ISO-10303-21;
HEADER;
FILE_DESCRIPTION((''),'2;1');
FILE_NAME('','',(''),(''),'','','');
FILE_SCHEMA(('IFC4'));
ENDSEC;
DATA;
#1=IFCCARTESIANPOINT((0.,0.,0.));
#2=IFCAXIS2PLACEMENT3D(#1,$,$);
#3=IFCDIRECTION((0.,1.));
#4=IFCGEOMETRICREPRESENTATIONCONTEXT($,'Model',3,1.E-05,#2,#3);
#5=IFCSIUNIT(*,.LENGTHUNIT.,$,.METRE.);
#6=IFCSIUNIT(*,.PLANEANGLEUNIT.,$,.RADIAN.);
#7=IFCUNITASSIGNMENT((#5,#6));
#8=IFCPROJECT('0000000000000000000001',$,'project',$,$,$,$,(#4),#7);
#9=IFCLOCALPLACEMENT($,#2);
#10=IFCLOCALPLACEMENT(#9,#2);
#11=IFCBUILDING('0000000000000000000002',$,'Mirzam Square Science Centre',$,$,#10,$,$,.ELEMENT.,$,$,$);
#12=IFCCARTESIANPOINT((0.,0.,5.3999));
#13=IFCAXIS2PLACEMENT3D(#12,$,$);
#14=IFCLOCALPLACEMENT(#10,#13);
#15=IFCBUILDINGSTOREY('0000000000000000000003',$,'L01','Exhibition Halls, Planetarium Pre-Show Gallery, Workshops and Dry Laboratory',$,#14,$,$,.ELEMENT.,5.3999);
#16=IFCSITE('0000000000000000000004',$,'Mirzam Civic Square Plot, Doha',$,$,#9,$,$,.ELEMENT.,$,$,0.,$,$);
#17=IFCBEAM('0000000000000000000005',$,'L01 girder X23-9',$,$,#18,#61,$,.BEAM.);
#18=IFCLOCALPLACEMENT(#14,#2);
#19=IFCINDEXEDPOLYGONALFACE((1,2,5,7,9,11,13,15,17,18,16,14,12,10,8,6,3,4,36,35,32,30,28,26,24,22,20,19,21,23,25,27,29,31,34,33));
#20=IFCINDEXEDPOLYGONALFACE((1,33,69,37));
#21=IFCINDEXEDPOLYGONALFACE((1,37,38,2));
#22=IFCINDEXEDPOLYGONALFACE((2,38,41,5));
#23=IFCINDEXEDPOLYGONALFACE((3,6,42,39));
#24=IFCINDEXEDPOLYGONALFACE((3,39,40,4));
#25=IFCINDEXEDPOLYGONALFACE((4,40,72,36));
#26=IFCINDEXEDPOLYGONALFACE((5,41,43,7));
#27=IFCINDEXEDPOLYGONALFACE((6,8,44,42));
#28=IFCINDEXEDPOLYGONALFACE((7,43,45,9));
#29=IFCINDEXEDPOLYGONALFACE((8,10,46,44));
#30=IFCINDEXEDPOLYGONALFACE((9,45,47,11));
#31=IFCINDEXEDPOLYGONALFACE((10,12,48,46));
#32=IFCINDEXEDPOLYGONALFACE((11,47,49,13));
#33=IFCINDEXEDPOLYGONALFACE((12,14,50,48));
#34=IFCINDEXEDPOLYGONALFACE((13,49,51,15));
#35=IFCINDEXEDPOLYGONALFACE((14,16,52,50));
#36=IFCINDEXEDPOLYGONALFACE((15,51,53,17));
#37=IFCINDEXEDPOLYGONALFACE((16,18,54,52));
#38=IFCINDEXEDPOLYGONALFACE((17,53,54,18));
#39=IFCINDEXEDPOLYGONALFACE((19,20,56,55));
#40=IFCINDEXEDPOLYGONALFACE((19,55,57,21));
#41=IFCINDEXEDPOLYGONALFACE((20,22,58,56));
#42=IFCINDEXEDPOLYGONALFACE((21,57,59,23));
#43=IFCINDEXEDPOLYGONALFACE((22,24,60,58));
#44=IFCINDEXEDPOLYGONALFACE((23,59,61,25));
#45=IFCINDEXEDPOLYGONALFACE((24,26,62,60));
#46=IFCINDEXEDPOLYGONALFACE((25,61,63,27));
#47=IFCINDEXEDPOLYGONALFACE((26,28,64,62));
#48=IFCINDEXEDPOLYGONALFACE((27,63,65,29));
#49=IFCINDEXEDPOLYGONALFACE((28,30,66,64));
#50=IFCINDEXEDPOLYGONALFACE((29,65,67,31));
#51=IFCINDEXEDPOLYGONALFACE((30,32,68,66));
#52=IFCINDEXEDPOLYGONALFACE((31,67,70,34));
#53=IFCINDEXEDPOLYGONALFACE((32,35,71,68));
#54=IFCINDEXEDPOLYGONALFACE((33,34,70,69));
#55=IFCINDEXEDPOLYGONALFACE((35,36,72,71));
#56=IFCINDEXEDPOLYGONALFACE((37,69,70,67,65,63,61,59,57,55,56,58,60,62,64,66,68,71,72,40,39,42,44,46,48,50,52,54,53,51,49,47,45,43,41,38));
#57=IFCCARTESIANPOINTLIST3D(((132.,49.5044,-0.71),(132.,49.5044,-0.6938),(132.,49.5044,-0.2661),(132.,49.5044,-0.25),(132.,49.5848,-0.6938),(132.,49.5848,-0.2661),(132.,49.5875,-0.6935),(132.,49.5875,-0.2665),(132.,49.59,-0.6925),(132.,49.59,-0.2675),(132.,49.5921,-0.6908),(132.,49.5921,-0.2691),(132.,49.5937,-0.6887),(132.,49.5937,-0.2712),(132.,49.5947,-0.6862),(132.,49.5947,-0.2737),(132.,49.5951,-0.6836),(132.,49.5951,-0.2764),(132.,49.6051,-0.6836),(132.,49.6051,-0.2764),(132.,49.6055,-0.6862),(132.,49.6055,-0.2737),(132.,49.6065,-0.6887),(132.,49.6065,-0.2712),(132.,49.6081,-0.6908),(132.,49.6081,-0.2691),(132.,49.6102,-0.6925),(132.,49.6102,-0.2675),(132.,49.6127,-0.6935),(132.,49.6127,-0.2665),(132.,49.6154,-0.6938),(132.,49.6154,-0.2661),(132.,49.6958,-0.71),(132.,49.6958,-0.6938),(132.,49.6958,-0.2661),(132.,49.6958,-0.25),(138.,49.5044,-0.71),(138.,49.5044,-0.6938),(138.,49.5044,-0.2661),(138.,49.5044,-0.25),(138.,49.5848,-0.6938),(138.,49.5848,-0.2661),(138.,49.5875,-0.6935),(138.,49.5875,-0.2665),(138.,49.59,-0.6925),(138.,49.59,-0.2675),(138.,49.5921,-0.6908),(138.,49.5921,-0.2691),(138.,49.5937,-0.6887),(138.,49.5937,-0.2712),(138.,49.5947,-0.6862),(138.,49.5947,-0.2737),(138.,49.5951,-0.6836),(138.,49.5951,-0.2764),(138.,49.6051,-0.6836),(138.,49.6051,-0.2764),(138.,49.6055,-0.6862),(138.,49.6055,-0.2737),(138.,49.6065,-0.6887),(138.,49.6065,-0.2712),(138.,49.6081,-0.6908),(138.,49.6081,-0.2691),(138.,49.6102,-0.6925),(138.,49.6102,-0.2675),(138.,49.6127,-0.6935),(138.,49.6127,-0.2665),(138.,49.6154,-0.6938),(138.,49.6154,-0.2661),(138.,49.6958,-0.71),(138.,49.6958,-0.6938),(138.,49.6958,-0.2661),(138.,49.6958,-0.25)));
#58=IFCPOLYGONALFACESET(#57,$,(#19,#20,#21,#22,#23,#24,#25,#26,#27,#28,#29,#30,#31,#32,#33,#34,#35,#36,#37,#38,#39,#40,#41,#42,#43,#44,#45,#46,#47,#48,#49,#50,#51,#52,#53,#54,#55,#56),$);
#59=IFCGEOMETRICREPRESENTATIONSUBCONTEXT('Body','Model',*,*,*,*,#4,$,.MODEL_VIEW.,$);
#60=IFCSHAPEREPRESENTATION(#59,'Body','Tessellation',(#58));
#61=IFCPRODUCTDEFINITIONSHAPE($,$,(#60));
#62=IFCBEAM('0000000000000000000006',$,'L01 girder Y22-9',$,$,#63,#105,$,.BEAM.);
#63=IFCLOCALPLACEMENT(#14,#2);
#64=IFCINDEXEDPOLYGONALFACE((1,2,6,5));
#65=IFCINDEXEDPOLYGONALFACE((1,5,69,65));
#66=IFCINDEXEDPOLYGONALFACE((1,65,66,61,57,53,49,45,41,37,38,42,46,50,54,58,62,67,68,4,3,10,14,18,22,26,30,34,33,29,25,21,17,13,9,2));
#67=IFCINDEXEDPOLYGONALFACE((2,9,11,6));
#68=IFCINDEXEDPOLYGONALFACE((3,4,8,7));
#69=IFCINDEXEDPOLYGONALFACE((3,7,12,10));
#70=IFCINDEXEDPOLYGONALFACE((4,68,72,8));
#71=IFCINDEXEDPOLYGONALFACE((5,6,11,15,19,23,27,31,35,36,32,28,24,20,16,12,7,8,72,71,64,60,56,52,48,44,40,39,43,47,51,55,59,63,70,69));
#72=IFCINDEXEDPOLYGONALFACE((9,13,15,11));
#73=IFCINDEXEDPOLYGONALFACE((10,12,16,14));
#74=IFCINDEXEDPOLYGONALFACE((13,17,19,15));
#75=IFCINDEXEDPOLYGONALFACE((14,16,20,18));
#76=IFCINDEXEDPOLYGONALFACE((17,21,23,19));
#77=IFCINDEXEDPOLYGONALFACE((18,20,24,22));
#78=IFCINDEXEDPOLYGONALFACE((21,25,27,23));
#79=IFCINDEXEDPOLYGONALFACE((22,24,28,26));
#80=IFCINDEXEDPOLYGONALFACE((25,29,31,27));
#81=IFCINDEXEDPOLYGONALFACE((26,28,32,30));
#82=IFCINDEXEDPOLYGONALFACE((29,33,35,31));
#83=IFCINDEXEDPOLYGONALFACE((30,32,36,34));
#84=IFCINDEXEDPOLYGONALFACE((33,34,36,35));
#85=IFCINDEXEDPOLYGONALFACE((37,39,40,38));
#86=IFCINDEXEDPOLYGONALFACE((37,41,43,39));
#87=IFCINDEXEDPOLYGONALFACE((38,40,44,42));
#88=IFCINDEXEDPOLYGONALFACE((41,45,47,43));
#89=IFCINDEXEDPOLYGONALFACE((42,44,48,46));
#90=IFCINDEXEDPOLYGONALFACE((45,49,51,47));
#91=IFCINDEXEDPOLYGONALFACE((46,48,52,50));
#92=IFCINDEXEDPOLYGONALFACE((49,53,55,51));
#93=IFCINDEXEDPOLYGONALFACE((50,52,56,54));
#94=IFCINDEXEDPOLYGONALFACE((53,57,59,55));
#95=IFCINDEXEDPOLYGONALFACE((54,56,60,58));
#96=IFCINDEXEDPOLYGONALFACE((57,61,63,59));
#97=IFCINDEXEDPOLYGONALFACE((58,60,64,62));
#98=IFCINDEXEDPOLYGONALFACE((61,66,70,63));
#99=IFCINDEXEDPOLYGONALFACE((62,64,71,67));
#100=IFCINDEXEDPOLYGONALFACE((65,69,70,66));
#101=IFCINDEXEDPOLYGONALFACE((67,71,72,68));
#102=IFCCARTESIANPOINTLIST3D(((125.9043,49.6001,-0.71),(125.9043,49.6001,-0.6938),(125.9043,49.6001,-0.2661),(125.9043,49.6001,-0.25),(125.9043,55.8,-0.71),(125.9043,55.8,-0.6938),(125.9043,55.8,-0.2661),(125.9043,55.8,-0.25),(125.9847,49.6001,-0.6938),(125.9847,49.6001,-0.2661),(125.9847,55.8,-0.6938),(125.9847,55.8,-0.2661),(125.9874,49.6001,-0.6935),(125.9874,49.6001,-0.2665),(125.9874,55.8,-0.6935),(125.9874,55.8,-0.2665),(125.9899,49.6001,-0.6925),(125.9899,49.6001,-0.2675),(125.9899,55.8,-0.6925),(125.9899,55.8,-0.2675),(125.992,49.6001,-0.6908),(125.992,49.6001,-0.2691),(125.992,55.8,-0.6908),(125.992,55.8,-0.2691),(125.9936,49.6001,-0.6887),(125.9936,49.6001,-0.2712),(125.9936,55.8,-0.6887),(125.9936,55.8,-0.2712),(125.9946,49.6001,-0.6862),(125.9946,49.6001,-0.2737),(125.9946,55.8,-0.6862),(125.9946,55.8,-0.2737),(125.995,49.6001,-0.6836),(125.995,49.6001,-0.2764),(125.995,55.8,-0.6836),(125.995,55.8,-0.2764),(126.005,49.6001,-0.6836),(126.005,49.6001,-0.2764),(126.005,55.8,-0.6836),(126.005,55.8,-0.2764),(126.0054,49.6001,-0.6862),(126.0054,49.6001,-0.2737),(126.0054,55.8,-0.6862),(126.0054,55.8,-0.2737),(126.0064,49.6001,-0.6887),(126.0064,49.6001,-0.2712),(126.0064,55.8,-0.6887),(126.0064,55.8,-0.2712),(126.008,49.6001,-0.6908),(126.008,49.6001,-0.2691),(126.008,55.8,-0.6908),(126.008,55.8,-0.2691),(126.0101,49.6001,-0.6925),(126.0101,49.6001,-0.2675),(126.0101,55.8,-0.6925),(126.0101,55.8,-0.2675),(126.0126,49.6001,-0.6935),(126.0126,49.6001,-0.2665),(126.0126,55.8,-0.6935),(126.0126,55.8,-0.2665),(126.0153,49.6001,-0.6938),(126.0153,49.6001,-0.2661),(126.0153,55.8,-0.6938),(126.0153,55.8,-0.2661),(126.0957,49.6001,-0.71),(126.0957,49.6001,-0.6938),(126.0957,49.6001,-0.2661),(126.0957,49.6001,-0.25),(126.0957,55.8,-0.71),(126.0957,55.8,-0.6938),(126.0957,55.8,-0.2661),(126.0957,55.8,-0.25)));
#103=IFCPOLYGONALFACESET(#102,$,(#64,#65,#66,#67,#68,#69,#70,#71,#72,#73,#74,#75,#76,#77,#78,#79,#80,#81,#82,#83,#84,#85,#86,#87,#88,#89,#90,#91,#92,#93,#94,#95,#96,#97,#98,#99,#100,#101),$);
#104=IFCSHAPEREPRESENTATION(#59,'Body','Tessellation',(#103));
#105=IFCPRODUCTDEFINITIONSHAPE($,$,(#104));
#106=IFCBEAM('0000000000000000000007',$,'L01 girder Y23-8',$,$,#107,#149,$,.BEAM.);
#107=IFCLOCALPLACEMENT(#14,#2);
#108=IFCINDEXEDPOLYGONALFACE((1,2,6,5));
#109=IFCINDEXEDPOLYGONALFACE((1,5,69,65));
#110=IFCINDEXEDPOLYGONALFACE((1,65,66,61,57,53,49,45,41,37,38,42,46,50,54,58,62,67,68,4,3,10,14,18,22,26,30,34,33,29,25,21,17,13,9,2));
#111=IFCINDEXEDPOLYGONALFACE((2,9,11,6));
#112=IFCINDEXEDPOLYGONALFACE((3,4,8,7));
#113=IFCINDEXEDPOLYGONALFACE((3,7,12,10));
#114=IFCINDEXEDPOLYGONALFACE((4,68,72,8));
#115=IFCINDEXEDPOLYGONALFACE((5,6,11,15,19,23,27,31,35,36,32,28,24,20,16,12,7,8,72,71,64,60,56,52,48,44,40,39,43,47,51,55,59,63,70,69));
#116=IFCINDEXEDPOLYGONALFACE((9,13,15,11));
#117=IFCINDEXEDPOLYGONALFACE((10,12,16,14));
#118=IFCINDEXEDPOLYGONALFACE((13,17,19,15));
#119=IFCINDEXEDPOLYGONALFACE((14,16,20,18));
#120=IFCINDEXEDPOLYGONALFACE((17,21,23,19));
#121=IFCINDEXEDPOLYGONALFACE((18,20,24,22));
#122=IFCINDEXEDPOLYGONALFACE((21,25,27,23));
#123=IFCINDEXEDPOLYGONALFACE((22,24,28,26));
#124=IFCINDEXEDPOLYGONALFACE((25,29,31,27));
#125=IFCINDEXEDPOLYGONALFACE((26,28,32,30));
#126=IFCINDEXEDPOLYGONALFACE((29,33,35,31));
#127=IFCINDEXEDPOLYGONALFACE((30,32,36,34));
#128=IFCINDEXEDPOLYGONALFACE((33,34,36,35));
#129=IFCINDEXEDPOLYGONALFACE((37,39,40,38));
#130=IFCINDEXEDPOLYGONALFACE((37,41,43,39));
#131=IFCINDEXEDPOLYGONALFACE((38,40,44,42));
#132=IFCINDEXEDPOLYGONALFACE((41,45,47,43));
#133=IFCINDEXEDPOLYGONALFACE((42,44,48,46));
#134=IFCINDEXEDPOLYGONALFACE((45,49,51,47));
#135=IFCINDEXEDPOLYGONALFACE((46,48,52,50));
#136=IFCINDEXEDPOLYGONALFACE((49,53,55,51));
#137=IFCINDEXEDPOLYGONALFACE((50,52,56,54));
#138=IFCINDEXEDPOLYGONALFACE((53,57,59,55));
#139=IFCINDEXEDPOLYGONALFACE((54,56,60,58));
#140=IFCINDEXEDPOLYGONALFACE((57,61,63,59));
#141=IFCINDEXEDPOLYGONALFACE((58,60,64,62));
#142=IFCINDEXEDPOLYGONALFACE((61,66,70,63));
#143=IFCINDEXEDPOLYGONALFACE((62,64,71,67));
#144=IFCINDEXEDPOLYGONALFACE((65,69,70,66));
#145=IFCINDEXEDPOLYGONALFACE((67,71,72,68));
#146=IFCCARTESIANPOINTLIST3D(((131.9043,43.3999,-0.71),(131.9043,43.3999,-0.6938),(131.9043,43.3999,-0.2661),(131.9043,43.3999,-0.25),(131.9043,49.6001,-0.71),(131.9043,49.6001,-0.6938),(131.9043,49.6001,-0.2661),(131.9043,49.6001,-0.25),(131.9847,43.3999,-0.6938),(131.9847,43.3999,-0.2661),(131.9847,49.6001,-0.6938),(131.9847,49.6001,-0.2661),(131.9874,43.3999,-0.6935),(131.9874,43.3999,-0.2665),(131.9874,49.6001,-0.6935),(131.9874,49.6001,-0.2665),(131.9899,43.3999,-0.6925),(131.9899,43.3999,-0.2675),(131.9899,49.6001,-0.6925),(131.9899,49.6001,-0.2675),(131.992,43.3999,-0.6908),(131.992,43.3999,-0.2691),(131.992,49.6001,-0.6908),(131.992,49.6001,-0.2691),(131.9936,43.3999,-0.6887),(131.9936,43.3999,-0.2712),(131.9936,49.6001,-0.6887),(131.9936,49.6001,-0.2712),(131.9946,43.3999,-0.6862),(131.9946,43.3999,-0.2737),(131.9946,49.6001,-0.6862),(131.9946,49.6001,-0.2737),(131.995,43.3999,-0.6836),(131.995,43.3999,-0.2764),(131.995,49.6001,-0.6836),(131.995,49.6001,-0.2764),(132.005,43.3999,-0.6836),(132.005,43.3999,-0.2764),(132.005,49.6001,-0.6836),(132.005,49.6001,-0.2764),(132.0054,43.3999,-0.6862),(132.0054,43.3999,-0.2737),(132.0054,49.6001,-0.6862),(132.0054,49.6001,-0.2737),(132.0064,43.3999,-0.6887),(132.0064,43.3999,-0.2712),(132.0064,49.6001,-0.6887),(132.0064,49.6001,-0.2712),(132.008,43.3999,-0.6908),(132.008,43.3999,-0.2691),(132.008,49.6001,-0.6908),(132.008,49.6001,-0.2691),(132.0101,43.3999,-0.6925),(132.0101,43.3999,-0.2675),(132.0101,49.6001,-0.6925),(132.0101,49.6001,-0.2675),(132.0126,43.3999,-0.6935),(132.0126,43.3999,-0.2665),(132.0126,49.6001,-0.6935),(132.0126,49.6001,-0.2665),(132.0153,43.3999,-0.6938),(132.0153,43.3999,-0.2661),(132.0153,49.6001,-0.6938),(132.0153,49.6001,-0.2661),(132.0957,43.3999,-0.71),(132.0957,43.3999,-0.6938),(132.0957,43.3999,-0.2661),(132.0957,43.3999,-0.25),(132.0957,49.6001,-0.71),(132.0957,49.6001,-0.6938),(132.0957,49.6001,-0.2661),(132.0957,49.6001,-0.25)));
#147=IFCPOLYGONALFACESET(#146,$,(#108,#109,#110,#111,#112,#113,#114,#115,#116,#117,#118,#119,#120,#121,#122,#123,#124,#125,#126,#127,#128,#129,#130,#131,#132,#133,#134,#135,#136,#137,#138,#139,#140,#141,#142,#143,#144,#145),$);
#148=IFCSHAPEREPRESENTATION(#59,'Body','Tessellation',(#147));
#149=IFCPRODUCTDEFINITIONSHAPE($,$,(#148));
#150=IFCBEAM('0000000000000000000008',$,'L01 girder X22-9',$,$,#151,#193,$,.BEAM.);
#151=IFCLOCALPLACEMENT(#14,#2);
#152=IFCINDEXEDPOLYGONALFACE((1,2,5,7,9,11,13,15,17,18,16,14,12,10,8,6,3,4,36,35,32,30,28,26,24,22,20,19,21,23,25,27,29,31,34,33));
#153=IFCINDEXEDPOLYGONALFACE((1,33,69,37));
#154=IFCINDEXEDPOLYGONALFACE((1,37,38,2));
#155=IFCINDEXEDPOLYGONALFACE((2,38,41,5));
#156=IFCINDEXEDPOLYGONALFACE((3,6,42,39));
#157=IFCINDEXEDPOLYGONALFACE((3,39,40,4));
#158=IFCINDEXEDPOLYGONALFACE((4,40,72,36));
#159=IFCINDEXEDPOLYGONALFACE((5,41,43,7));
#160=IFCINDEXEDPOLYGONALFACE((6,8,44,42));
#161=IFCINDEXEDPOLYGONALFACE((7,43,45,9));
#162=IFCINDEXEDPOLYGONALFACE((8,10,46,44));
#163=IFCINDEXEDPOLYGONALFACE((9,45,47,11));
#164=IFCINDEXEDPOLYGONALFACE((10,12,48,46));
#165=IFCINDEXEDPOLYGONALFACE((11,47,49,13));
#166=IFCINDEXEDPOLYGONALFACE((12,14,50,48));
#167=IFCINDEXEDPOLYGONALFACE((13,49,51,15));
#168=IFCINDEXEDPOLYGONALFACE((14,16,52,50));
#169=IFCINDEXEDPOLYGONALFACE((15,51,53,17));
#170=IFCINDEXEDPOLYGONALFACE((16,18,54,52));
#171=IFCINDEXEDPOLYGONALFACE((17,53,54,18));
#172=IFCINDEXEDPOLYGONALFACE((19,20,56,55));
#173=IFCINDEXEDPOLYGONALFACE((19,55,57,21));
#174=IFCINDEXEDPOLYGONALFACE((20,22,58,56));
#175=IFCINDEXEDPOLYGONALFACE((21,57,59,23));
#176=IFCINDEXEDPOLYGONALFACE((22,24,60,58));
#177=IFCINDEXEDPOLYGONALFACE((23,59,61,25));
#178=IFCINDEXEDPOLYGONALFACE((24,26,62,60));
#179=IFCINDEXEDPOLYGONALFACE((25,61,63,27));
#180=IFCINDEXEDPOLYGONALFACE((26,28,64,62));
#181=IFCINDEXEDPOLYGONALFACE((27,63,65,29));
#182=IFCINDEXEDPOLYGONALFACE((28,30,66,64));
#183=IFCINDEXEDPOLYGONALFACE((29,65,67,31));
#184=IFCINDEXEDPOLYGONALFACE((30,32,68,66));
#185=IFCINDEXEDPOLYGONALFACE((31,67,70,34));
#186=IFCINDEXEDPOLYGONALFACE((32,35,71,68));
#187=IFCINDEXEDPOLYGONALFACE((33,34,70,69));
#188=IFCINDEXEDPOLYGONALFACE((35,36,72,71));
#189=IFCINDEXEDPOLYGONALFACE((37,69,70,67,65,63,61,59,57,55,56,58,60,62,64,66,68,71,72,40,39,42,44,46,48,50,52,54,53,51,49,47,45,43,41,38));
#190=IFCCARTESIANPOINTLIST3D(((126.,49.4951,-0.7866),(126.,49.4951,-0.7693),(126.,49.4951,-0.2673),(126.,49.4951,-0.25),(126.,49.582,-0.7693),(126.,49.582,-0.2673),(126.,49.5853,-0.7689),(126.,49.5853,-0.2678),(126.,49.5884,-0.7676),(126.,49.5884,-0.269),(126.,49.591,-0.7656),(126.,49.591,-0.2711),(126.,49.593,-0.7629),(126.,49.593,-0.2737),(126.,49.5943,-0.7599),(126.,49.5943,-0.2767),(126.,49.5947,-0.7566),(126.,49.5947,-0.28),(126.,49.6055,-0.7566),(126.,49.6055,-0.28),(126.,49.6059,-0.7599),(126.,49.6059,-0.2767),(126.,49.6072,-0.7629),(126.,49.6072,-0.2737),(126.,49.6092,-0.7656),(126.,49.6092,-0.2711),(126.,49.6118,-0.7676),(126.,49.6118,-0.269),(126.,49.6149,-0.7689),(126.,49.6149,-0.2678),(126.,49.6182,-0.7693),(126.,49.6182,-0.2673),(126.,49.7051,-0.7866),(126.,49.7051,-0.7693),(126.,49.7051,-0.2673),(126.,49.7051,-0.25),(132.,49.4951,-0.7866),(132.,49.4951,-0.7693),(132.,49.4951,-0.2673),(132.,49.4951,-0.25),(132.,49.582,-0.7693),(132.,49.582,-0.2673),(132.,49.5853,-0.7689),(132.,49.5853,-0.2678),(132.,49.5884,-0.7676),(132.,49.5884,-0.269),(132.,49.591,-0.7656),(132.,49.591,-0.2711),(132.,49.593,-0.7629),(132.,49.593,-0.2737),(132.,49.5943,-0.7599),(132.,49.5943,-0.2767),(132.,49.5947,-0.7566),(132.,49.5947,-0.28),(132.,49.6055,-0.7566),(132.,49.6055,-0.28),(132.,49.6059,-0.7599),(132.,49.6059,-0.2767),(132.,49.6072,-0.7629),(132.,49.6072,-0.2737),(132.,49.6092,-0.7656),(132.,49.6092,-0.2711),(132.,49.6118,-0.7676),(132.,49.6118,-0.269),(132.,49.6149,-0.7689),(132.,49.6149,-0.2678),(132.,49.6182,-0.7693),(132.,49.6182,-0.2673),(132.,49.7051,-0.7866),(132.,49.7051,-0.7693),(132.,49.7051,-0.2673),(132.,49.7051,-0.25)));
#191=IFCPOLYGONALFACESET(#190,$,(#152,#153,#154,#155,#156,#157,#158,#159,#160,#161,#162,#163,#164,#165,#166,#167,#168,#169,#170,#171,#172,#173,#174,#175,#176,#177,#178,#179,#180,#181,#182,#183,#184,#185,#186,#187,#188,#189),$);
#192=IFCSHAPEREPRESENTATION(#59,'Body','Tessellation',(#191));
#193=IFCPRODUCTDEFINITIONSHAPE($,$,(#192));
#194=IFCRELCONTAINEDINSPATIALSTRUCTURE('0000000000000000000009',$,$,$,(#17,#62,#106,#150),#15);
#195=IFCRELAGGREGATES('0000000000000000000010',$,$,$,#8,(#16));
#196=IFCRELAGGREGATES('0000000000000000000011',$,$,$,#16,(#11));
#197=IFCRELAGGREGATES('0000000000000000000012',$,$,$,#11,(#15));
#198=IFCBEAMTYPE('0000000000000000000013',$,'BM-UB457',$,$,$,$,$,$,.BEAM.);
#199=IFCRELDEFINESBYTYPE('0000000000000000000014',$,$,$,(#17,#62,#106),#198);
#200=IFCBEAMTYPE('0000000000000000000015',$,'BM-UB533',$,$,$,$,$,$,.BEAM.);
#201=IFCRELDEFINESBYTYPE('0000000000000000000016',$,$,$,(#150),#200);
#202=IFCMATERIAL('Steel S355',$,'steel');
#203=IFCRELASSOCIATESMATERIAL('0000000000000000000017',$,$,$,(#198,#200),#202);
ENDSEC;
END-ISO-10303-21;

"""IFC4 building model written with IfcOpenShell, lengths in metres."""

from ifc_helpers import new_model, si_unit, direction, frame, origin, origin_2d, place, context, subcontext, project, spatial, i_section, extrude, material, material_profile, profile_set, type_object, element, save


model = new_model("IFC4")

# Units and contexts
model_context = context("Model", 3, precision=1e-05, world=origin(), true_north=direction((0.0, 1.0)))
body_context = subcontext(model_context, "Body", "Model", "MODEL_VIEW")
ifc_project = project(units=[si_unit("LENGTHUNIT", "METRE"), si_unit("PLANEANGLEUNIT", "RADIAN")], contexts=[model_context])

# Site, building, storey
site_placement = place(None, origin())
site = spatial("IfcSite", under=ifc_project, at=site_placement, Name="Mirzam Civic Square Plot, Doha", CompositionType="ELEMENT", RefElevation=0.0)
building_placement = place(site_placement, origin())
building = spatial("IfcBuilding", under=site, at=building_placement, Name="Mirzam Square Science Centre", CompositionType="ELEMENT")
storey_placement = place(building_placement, frame((0.0, 0.0, 5.3999)))
storey = spatial("IfcBuildingStorey", under=building, at=storey_placement, Name="L01", Description="Exhibition Halls, Planetarium Pre-Show Gallery, Workshops and Dry Laboratory", CompositionType="ELEMENT", Elevation=5.3999)

# Shared definitions
ifc_material_1 = material(Name="Steel S355", Category="steel")

# Beams
ifc_material_profile_1 = material_profile(ifc_material_1, i_section(OverallWidth=0.1914, OverallDepth=0.46, WebThickness=0.01, FlangeThickness=0.0161, FilletRadius=0.0103, at=origin_2d()), Name="457x191x82UB")
ifc_profile_set_1 = profile_set([ifc_material_profile_1], Name="Steel S355")
beam_type_1 = type_object("IfcBeamType", Name="BM-UB457", PredefinedType="BEAM", material=ifc_profile_set_1)
beam_1_placement = place(storey_placement, frame((132.0, 49.6001, -0.48), z_axis=(1.0, 0.0, 0.0), x_axis=(0.0, 1.0, 0.0)))
element("IfcBeam", 1, at=beam_1_placement, inside=storey, type_object=beam_type_1, Name="L01 girder X23-9", PredefinedType="BEAM", context=body_context, shape_type="SweptSolid", body=[
    extrude(i_section(OverallWidth=0.1914, OverallDepth=0.46, WebThickness=0.01, FlangeThickness=0.0161, FilletRadius=0.0103, at=origin_2d()), origin(), (0.0, 0.0, 1.0), 6.0),
])
beam_2_placement = place(storey_placement, frame((126.0, 49.6001, -0.48), z_axis=(0.0, 1.0, 0.0), x_axis=(-1.0, 0.0, 0.0)))
element("IfcBeam", 2, at=beam_2_placement, inside=storey, type_object=beam_type_1, Name="L01 girder Y22-9", PredefinedType="BEAM", context=body_context, shape_type="SweptSolid", body=[
    extrude(i_section(OverallWidth=0.1914, OverallDepth=0.46, WebThickness=0.01, FlangeThickness=0.0161, FilletRadius=0.0103, at=origin_2d()), origin(), (0.0, 0.0, 1.0), 6.2),
])
beam_3_placement = place(storey_placement, frame((132.0, 43.3999, -0.48), z_axis=(0.0, 1.0, 0.0), x_axis=(-1.0, 0.0, 0.0)))
element("IfcBeam", 3, at=beam_3_placement, inside=storey, type_object=beam_type_1, Name="L01 girder Y23-8", PredefinedType="BEAM", context=body_context, shape_type="SweptSolid", body=[
    extrude(i_section(OverallWidth=0.1914, OverallDepth=0.46, WebThickness=0.01, FlangeThickness=0.0161, FilletRadius=0.0103, at=origin_2d()), origin(), (0.0, 0.0, 1.0), 6.2002),
])
ifc_material_profile_2 = material_profile(ifc_material_1, i_section(OverallWidth=0.21, OverallDepth=0.5366, WebThickness=0.0107, FlangeThickness=0.0173, FilletRadius=0.0127, at=origin_2d()), Name="533x210x101UB")
ifc_profile_set_2 = profile_set([ifc_material_profile_2], Name="Steel S355")
beam_type_2 = type_object("IfcBeamType", Name="BM-UB533", PredefinedType="BEAM", material=ifc_profile_set_2)
beam_4_placement = place(storey_placement, frame((126.0, 49.6001, -0.5183), z_axis=(1.0, 0.0, 0.0), x_axis=(0.0, 1.0, 0.0)))
element("IfcBeam", 4, at=beam_4_placement, inside=storey, type_object=beam_type_2, Name="L01 girder X22-9", PredefinedType="BEAM", context=body_context, shape_type="SweptSolid", body=[
    extrude(i_section(OverallWidth=0.21, OverallDepth=0.5366, WebThickness=0.0107, FlangeThickness=0.0173, FilletRadius=0.0127, at=origin_2d()), origin(), (0.0, 0.0, 1.0), 6.0),
])

save(model, "model.ifc")
